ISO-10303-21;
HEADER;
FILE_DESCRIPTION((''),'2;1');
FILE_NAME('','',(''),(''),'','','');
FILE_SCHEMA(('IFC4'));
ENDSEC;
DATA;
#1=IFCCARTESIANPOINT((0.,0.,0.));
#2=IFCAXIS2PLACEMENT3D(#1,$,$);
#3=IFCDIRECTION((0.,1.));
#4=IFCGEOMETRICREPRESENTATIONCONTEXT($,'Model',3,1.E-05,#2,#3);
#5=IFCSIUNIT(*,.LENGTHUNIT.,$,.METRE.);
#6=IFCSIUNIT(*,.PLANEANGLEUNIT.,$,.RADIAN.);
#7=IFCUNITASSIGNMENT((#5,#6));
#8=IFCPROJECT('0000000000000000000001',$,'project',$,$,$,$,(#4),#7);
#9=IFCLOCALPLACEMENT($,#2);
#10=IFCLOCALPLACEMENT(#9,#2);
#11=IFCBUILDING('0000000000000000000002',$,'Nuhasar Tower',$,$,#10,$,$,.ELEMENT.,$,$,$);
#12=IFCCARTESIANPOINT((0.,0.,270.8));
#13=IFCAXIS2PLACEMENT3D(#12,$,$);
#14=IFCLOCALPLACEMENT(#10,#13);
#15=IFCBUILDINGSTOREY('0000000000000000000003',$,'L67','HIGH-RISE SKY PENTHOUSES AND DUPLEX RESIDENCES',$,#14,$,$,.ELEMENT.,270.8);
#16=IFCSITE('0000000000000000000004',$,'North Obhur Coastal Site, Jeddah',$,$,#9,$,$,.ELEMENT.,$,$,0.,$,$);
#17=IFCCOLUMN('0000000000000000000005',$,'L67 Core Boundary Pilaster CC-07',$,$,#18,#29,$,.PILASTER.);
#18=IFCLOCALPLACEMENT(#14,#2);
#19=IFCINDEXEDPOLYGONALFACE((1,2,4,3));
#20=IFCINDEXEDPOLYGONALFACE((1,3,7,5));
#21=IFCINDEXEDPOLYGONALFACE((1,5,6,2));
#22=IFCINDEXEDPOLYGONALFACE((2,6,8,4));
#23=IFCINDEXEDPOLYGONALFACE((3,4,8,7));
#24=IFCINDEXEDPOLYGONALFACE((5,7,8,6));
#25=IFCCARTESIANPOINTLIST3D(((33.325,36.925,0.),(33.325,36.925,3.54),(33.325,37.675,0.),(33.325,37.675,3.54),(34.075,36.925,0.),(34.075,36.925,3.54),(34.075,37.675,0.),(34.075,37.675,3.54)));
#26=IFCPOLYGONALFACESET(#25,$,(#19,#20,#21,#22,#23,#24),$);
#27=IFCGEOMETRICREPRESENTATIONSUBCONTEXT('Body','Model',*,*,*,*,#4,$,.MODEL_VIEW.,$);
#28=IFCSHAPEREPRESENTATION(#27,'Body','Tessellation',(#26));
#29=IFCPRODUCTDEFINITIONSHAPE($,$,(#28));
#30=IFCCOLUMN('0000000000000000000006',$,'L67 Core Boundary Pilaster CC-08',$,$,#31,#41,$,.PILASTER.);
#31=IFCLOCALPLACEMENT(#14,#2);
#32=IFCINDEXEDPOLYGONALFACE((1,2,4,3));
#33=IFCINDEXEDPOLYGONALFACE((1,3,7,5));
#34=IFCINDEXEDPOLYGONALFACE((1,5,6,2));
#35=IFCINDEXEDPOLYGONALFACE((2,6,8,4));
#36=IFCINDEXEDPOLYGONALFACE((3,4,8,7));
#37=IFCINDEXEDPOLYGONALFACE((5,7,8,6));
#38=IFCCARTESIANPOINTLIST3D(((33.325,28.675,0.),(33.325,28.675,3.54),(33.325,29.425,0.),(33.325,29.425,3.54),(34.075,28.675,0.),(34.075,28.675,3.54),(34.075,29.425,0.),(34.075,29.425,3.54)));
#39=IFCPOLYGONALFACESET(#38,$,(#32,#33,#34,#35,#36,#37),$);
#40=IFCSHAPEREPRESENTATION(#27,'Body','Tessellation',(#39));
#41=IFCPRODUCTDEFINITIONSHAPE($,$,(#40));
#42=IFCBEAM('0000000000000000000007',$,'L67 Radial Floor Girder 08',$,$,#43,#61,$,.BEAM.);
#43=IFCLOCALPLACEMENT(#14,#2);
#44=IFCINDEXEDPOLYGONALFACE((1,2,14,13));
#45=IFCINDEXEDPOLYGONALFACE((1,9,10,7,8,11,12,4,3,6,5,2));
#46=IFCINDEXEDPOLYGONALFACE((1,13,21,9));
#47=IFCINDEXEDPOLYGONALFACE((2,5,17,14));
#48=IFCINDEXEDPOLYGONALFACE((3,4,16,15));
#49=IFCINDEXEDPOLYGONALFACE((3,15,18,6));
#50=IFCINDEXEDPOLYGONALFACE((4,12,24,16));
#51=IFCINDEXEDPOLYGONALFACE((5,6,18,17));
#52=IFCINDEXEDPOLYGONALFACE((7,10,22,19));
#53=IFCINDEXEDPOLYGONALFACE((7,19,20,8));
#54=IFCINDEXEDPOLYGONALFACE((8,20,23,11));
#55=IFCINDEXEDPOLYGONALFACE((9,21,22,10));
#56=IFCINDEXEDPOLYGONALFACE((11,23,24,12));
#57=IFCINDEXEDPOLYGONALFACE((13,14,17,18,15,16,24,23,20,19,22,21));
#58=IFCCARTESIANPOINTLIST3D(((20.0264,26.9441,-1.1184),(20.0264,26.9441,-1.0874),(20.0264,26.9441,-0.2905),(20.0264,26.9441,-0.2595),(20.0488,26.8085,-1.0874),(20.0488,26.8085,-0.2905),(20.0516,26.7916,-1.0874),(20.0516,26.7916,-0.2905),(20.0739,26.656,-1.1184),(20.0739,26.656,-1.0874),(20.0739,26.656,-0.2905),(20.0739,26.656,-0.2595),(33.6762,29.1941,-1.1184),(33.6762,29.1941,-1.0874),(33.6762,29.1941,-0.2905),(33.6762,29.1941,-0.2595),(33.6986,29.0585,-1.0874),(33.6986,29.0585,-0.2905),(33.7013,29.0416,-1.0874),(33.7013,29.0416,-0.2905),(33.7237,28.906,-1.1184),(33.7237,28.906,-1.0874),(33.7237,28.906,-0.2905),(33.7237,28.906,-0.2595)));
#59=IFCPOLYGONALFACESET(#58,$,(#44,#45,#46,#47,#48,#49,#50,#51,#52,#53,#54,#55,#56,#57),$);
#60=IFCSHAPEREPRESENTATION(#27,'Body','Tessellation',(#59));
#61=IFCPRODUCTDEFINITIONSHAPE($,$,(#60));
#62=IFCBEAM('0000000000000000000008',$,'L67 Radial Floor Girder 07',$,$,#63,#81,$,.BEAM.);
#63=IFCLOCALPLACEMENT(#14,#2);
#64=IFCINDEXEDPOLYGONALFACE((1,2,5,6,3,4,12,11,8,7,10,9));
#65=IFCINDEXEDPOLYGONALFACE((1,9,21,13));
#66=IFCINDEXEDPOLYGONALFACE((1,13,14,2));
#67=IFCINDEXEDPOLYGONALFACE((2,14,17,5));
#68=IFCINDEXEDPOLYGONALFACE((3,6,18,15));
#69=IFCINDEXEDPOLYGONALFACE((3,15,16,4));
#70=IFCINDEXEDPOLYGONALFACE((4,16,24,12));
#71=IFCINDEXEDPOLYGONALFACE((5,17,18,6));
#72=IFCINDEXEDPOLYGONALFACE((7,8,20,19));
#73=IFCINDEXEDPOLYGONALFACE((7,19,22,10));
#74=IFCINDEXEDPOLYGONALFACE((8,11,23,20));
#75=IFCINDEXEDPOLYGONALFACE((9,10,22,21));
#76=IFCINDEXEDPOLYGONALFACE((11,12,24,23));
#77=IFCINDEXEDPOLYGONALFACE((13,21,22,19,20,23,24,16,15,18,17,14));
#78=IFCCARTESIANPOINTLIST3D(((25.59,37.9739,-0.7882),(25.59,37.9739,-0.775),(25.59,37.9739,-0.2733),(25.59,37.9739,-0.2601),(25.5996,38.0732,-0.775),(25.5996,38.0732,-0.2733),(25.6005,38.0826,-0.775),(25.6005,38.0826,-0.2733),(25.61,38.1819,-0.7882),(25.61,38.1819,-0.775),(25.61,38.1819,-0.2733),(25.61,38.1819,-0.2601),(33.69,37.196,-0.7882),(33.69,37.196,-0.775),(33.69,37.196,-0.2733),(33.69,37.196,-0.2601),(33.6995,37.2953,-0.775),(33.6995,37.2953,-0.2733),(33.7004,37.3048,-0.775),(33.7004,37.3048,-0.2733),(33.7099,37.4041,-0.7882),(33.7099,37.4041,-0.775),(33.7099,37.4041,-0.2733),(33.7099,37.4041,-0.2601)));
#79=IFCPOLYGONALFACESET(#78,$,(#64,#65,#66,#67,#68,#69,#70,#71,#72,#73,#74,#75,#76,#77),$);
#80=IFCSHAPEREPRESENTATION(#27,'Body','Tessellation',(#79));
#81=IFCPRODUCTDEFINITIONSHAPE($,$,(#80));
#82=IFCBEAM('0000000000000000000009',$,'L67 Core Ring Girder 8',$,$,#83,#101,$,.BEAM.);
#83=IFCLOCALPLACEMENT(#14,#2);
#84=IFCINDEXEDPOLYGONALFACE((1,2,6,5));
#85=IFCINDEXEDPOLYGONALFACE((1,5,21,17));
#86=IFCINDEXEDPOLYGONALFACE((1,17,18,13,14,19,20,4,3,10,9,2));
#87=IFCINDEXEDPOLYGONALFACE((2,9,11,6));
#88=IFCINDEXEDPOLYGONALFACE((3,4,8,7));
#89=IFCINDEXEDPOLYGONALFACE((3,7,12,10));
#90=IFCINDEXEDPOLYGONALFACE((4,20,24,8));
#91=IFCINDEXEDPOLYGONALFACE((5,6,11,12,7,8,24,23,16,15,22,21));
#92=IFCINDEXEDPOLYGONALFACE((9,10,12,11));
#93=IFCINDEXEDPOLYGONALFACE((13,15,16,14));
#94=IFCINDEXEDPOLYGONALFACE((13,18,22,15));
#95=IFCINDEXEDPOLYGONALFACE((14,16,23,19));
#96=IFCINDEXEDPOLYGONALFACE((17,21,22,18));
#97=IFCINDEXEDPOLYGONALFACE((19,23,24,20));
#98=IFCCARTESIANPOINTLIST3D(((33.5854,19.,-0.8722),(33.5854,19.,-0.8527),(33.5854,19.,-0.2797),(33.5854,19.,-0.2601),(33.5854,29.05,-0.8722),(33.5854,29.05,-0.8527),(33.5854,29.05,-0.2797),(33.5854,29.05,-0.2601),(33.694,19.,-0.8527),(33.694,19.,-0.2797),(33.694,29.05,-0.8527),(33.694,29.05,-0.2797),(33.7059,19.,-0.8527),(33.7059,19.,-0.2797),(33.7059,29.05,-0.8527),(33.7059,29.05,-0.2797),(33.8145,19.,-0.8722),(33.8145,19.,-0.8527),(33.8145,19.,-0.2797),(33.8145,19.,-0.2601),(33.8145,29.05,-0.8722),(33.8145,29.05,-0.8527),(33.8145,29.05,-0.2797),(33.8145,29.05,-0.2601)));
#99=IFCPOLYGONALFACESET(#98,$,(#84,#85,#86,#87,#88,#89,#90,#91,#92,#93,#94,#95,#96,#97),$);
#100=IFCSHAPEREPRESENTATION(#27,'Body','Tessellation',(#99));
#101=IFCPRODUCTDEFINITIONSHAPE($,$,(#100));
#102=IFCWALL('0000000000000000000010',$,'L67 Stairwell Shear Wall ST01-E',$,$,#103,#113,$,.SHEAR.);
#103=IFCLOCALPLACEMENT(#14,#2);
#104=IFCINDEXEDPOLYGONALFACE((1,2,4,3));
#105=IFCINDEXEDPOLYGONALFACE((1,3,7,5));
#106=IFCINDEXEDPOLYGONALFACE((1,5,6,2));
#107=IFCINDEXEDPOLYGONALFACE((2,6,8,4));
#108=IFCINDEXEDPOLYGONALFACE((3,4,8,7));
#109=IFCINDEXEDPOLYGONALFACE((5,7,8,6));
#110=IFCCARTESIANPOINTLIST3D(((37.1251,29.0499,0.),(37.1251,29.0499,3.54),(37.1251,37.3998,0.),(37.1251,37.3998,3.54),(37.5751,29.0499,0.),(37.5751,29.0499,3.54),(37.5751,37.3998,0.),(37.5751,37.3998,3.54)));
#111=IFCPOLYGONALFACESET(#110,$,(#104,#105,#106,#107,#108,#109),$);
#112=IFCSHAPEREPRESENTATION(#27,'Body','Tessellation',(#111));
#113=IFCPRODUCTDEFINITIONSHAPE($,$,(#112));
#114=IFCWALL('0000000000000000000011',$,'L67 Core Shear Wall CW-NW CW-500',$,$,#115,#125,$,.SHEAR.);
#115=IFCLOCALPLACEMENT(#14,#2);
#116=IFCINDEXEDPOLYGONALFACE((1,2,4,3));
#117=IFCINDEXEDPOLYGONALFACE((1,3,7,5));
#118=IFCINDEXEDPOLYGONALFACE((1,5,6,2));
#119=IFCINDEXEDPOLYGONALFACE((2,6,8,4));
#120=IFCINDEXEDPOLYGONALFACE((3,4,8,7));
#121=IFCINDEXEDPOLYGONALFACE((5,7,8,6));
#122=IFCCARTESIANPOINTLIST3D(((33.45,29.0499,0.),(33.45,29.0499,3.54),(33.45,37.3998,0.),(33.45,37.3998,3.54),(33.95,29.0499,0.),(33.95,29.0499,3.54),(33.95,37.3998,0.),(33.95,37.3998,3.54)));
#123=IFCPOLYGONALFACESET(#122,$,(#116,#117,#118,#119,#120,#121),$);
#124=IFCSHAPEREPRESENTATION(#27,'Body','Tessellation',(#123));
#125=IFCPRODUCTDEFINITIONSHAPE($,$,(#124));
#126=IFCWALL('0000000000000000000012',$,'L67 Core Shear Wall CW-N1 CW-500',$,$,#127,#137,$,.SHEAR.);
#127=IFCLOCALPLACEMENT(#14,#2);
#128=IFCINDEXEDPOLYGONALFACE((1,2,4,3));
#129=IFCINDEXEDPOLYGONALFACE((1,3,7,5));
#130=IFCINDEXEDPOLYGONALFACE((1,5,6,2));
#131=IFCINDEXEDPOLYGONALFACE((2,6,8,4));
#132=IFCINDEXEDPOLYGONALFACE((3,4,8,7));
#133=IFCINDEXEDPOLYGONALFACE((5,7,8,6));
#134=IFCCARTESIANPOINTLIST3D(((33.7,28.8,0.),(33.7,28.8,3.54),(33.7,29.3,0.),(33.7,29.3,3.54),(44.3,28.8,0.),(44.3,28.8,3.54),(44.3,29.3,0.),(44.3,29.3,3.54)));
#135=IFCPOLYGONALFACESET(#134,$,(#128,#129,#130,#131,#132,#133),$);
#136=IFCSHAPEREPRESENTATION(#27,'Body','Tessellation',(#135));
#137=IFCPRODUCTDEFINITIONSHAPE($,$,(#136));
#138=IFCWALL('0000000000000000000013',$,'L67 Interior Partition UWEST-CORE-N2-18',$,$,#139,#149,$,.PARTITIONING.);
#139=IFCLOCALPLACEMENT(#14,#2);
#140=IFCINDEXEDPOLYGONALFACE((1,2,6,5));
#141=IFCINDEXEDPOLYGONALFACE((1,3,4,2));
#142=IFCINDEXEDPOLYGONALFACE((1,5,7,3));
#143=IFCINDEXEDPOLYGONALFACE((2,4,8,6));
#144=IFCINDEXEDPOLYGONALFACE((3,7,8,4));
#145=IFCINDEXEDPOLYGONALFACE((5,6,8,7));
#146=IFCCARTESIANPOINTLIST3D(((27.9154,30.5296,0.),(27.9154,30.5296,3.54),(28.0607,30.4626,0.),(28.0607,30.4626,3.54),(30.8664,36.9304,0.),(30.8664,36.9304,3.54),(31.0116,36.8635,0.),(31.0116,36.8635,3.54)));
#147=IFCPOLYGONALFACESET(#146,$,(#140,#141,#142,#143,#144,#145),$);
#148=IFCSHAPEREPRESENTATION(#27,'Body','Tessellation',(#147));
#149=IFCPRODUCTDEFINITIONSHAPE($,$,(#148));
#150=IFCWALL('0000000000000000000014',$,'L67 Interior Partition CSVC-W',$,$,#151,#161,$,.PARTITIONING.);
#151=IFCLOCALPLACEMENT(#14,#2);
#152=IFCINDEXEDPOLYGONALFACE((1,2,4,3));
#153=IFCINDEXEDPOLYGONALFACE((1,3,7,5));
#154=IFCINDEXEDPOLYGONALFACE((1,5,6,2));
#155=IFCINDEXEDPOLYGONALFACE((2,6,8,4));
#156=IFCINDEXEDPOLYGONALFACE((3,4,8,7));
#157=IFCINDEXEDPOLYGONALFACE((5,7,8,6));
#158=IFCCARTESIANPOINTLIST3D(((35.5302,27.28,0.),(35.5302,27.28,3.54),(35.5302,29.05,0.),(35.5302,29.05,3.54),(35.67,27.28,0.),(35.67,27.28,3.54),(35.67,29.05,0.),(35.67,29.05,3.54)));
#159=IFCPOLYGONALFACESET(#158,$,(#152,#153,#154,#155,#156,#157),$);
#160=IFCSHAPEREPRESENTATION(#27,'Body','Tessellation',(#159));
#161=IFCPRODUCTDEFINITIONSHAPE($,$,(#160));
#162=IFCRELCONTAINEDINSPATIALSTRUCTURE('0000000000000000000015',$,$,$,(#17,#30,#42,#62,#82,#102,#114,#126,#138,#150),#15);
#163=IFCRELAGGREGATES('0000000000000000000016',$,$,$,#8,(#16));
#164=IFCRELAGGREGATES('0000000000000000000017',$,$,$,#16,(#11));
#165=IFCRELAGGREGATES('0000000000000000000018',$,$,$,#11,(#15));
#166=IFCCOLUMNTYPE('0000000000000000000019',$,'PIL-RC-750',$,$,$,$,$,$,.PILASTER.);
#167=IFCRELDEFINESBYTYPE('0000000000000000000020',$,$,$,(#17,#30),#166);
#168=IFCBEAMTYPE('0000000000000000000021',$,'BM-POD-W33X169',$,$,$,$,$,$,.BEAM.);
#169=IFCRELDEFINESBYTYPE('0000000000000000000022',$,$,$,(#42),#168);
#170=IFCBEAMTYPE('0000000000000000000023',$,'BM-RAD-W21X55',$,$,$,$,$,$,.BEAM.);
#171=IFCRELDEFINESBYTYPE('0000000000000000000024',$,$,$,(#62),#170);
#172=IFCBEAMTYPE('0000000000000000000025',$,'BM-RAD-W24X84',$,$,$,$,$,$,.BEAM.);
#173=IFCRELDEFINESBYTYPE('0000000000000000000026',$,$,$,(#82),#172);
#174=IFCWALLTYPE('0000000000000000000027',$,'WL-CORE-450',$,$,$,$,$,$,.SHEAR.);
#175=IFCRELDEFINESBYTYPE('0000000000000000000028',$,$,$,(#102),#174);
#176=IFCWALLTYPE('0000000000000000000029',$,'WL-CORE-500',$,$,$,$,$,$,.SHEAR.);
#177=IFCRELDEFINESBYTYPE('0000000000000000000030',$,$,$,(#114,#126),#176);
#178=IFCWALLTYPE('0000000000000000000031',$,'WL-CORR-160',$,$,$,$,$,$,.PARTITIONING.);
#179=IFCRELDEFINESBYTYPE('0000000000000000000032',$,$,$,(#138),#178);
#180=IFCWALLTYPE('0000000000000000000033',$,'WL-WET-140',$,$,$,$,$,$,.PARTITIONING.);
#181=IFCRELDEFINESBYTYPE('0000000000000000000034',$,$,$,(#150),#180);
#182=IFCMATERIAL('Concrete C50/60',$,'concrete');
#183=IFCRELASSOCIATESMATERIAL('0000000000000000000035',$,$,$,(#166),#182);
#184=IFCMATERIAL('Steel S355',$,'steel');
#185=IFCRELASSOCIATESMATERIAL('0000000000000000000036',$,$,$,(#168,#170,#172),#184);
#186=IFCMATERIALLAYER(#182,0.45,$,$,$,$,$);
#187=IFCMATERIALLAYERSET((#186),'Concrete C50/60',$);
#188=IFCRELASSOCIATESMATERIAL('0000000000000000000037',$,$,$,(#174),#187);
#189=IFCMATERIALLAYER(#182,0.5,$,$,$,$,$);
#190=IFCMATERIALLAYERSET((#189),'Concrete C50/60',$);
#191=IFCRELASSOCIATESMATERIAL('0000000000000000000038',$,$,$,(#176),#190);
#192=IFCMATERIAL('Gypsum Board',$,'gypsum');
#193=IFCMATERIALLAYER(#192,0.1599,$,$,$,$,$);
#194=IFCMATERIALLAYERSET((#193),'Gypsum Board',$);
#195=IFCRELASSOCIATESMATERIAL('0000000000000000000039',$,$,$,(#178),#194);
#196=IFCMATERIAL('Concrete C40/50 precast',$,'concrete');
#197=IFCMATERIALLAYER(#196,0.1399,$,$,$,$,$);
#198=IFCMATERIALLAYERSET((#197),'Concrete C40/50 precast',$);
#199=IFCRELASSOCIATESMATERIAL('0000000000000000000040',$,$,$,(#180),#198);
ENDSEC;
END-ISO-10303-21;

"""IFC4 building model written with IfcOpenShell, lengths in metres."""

from ifc_helpers import new_model, si_unit, direction, frame, frame_2d, origin, origin_2d, place, context, subcontext, project, spatial, rectangle, i_section, extrude, material, layer, layer_set, material_profile, profile_set, type_object, element, save


model = new_model("IFC4")

# Units and contexts
model_context = context("Model", 3, precision=1e-05, world=origin(), true_north=direction((0.0, 1.0)))
body_context = subcontext(model_context, "Body", "Model", "MODEL_VIEW")
ifc_project = project(units=[si_unit("LENGTHUNIT", "METRE"), si_unit("PLANEANGLEUNIT", "RADIAN")], contexts=[model_context])

# Site, building, storey
site_placement = place(None, origin())
site = spatial("IfcSite", under=ifc_project, at=site_placement, Name="North Obhur Coastal Site, Jeddah", CompositionType="ELEMENT", RefElevation=0.0)
building_placement = place(site_placement, origin())
building = spatial("IfcBuilding", under=site, at=building_placement, Name="Nuhasar Tower", CompositionType="ELEMENT")
storey_placement = place(building_placement, frame((0.0, 0.0, 270.8)))
storey = spatial("IfcBuildingStorey", under=building, at=storey_placement, Name="L67", Description="HIGH-RISE SKY PENTHOUSES AND DUPLEX RESIDENCES", CompositionType="ELEMENT", Elevation=270.8)

# Columns
ifc_material_1 = material(Name="Concrete C50/60", Category="concrete")
ifc_material_profile_1 = material_profile(ifc_material_1, rectangle(XDim=0.75, YDim=0.75, at=origin_2d()), Name="RC750X750")
ifc_profile_set_1 = profile_set([ifc_material_profile_1], Name="Concrete C50/60")
column_type = type_object("IfcColumnType", Name="PIL-RC-750", PredefinedType="PILASTER", material=ifc_profile_set_1)
for number, where, z_axis, x_axis, name in (
    (1, (33.7, 37.3, 0.0), (0.0, 0.0, 1.0), (1.0, 0.0, 0.0), "L67 Core Boundary Pilaster CC-07"),
    (2, (33.7, 29.05, 0.0), (0.0, 0.0, 1.0), (1.0, 0.0, 0.0), "L67 Core Boundary Pilaster CC-08"),
):
    element("IfcColumn", number, at=place(storey_placement, frame(where, z_axis=z_axis, x_axis=x_axis)), inside=storey, type_object=column_type, Name=name, PredefinedType="PILASTER", context=body_context, shape_type="SweptSolid", body=[
        extrude(rectangle(XDim=0.75, YDim=0.75, at=origin_2d()), origin(), (0.0, 0.0, 1.0), 3.54),
    ])

# Beams
ifc_material_2 = material(Name="Steel S355", Category="steel")
ifc_material_profile_2 = material_profile(ifc_material_2, i_section(OverallWidth=0.292, OverallDepth=0.8589, WebThickness=0.0171, FlangeThickness=0.031, at=origin_2d()), Name="W33X169")
ifc_profile_set_2 = profile_set([ifc_material_profile_2], Name="Steel S355")
beam_type_1 = type_object("IfcBeamType", Name="BM-POD-W33X169", PredefinedType="BEAM", material=ifc_profile_set_2)
beam_1_placement = place(storey_placement, frame((33.7, 29.05, -0.689), z_axis=(-0.986685, -0.162642, 0.0), x_axis=(0.162642, -0.986685, 0.0)))
element("IfcBeam", 3, at=beam_1_placement, inside=storey, type_object=beam_type_1, Name="L67 Radial Floor Girder 08", PredefinedType="BEAM", context=body_context, shape_type="SweptSolid", body=[
    extrude(i_section(OverallWidth=0.292, OverallDepth=0.8589, WebThickness=0.0171, FlangeThickness=0.031, at=origin_2d()), origin(), (0.0, 0.0, 1.0), 13.834),
])
ifc_material_profile_3 = material_profile(ifc_material_2, i_section(OverallWidth=0.209, OverallDepth=0.5281, WebThickness=0.0095, FlangeThickness=0.0132, at=origin_2d()), Name="W21X55")
ifc_profile_set_3 = profile_set([ifc_material_profile_3], Name="Steel S355")
beam_type_2 = type_object("IfcBeamType", Name="BM-RAD-W21X55", PredefinedType="BEAM", material=ifc_profile_set_3)
beam_2_placement = place(storey_placement, frame((33.7, 37.3, -0.5242), z_axis=(-0.995421, 0.095591, 0.0), x_axis=(-0.095591, -0.995421, 0.0)))
element("IfcBeam", 4, at=beam_2_placement, inside=storey, type_object=beam_type_2, Name="L67 Radial Floor Girder 07", PredefinedType="BEAM", context=body_context, shape_type="SweptSolid", body=[
    extrude(i_section(OverallWidth=0.209, OverallDepth=0.5281, WebThickness=0.0095, FlangeThickness=0.0132, at=origin_2d()), origin(), (0.0, 0.0, 1.0), 8.1372),
])
ifc_material_profile_4 = material_profile(ifc_material_2, i_section(OverallWidth=0.229, OverallDepth=0.6121, WebThickness=0.012, FlangeThickness=0.0195, at=origin_2d()), Name="W24X84")
ifc_profile_set_4 = profile_set([ifc_material_profile_4], Name="Steel S355")
beam_type_3 = type_object("IfcBeamType", Name="BM-RAD-W24X84", PredefinedType="BEAM", material=ifc_profile_set_4)
beam_3_placement = place(storey_placement, frame((33.7, 29.05, -0.5662), z_axis=(0.0, -1.0, 0.0), x_axis=(1.0, 0.0, 0.0)))
element("IfcBeam", 5, at=beam_3_placement, inside=storey, type_object=beam_type_3, Name="L67 Core Ring Girder 8", PredefinedType="BEAM", context=body_context, shape_type="SweptSolid", body=[
    extrude(i_section(OverallWidth=0.229, OverallDepth=0.6121, WebThickness=0.012, FlangeThickness=0.0195, at=origin_2d()), origin(), (0.0, 0.0, 1.0), 10.05),
])

# Walls
ifc_layer_1 = layer(ifc_material_1, 0.45)
ifc_layer_set_1 = layer_set([ifc_layer_1], Name="Concrete C50/60")
wall_type_1 = type_object("IfcWallType", Name="WL-CORE-450", PredefinedType="SHEAR", material=ifc_layer_set_1)
wall_1_placement = place(storey_placement, frame((37.3501, 29.05, 0.0), z_axis=(0.0, 0.0, 1.0), x_axis=(0.0, 1.0, 0.0)))
element("IfcWall", 6, at=wall_1_placement, inside=storey, type_object=wall_type_1, Name="L67 Stairwell Shear Wall ST01-E", PredefinedType="SHEAR", context=body_context, shape_type="SweptSolid", body=[
    extrude(rectangle(XDim=8.3499, YDim=0.45, at=frame_2d((4.1748, 0.0))), origin(), (0.0, 0.0, 1.0), 3.54),
])
ifc_layer_2 = layer(ifc_material_1, 0.5)
ifc_layer_set_2 = layer_set([ifc_layer_2], Name="Concrete C50/60")
wall_type_2 = type_object("IfcWallType", Name="WL-CORE-500", PredefinedType="SHEAR", material=ifc_layer_set_2)
wall_2_placement = place(storey_placement, frame((33.7, 29.05, 0.0), z_axis=(0.0, 0.0, 1.0), x_axis=(0.0, 1.0, 0.0)))
element("IfcWall", 7, at=wall_2_placement, inside=storey, type_object=wall_type_2, Name="L67 Core Shear Wall CW-NW CW-500", PredefinedType="SHEAR", context=body_context, shape_type="SweptSolid", body=[
    extrude(rectangle(XDim=8.3499, YDim=0.5, at=frame_2d((4.1748, 0.0))), origin(), (0.0, 0.0, 1.0), 3.54),
])
wall_3_placement = place(storey_placement, frame((33.7, 29.05, 0.0), z_axis=(0.0, 0.0, 1.0), x_axis=(1.0, 0.0, 0.0)))
element("IfcWall", 8, at=wall_3_placement, inside=storey, type_object=wall_type_2, Name="L67 Core Shear Wall CW-N1 CW-500", PredefinedType="SHEAR", context=body_context, shape_type="SweptSolid", body=[
    extrude(rectangle(XDim=10.6001, YDim=0.5, at=frame_2d((5.3, 0.0))), origin(), (0.0, 0.0, 1.0), 3.54),
])
ifc_material_3 = material(Name="Gypsum Board", Category="gypsum")
ifc_layer_3 = layer(ifc_material_3, 0.1599)
ifc_layer_set_3 = layer_set([ifc_layer_3], Name="Gypsum Board")
wall_type_3 = type_object("IfcWallType", Name="WL-CORR-160", PredefinedType="PARTITIONING", material=ifc_layer_set_3)
wall_4_placement = place(storey_placement, frame((30.939, 36.897, 0.0), z_axis=(0.0, 0.0, 1.0), x_axis=(-0.418669, -0.908139, 0.0)))
element("IfcWall", 9, at=wall_4_placement, inside=storey, type_object=wall_type_3, Name="L67 Interior Partition UWEST-CORE-N2-18", PredefinedType="PARTITIONING", context=body_context, shape_type="SweptSolid", body=[
    extrude(rectangle(XDim=7.0483, YDim=0.1599, at=frame_2d((3.5242, 0.0))), origin(), (0.0, 0.0, 1.0), 3.54),
])
ifc_material_4 = material(Name="Concrete C40/50 precast", Category="concrete")
ifc_layer_4 = layer(ifc_material_4, 0.1399)
ifc_layer_set_4 = layer_set([ifc_layer_4], Name="Concrete C40/50 precast")
wall_type_4 = type_object("IfcWallType", Name="WL-WET-140", PredefinedType="PARTITIONING", material=ifc_layer_set_4)
wall_5_placement = place(storey_placement, frame((35.6001, 27.28, 0.0), z_axis=(0.0, 0.0, 1.0), x_axis=(0.0, 1.0, 0.0)))
element("IfcWall", 10, at=wall_5_placement, inside=storey, type_object=wall_type_4, Name="L67 Interior Partition CSVC-W", PredefinedType="PARTITIONING", context=body_context, shape_type="SweptSolid", body=[
    extrude(rectangle(XDim=1.77, YDim=0.1399, at=frame_2d((0.885, 0.0))), origin(), (0.0, 0.0, 1.0), 3.54),
])

save(model, "model.ifc")
